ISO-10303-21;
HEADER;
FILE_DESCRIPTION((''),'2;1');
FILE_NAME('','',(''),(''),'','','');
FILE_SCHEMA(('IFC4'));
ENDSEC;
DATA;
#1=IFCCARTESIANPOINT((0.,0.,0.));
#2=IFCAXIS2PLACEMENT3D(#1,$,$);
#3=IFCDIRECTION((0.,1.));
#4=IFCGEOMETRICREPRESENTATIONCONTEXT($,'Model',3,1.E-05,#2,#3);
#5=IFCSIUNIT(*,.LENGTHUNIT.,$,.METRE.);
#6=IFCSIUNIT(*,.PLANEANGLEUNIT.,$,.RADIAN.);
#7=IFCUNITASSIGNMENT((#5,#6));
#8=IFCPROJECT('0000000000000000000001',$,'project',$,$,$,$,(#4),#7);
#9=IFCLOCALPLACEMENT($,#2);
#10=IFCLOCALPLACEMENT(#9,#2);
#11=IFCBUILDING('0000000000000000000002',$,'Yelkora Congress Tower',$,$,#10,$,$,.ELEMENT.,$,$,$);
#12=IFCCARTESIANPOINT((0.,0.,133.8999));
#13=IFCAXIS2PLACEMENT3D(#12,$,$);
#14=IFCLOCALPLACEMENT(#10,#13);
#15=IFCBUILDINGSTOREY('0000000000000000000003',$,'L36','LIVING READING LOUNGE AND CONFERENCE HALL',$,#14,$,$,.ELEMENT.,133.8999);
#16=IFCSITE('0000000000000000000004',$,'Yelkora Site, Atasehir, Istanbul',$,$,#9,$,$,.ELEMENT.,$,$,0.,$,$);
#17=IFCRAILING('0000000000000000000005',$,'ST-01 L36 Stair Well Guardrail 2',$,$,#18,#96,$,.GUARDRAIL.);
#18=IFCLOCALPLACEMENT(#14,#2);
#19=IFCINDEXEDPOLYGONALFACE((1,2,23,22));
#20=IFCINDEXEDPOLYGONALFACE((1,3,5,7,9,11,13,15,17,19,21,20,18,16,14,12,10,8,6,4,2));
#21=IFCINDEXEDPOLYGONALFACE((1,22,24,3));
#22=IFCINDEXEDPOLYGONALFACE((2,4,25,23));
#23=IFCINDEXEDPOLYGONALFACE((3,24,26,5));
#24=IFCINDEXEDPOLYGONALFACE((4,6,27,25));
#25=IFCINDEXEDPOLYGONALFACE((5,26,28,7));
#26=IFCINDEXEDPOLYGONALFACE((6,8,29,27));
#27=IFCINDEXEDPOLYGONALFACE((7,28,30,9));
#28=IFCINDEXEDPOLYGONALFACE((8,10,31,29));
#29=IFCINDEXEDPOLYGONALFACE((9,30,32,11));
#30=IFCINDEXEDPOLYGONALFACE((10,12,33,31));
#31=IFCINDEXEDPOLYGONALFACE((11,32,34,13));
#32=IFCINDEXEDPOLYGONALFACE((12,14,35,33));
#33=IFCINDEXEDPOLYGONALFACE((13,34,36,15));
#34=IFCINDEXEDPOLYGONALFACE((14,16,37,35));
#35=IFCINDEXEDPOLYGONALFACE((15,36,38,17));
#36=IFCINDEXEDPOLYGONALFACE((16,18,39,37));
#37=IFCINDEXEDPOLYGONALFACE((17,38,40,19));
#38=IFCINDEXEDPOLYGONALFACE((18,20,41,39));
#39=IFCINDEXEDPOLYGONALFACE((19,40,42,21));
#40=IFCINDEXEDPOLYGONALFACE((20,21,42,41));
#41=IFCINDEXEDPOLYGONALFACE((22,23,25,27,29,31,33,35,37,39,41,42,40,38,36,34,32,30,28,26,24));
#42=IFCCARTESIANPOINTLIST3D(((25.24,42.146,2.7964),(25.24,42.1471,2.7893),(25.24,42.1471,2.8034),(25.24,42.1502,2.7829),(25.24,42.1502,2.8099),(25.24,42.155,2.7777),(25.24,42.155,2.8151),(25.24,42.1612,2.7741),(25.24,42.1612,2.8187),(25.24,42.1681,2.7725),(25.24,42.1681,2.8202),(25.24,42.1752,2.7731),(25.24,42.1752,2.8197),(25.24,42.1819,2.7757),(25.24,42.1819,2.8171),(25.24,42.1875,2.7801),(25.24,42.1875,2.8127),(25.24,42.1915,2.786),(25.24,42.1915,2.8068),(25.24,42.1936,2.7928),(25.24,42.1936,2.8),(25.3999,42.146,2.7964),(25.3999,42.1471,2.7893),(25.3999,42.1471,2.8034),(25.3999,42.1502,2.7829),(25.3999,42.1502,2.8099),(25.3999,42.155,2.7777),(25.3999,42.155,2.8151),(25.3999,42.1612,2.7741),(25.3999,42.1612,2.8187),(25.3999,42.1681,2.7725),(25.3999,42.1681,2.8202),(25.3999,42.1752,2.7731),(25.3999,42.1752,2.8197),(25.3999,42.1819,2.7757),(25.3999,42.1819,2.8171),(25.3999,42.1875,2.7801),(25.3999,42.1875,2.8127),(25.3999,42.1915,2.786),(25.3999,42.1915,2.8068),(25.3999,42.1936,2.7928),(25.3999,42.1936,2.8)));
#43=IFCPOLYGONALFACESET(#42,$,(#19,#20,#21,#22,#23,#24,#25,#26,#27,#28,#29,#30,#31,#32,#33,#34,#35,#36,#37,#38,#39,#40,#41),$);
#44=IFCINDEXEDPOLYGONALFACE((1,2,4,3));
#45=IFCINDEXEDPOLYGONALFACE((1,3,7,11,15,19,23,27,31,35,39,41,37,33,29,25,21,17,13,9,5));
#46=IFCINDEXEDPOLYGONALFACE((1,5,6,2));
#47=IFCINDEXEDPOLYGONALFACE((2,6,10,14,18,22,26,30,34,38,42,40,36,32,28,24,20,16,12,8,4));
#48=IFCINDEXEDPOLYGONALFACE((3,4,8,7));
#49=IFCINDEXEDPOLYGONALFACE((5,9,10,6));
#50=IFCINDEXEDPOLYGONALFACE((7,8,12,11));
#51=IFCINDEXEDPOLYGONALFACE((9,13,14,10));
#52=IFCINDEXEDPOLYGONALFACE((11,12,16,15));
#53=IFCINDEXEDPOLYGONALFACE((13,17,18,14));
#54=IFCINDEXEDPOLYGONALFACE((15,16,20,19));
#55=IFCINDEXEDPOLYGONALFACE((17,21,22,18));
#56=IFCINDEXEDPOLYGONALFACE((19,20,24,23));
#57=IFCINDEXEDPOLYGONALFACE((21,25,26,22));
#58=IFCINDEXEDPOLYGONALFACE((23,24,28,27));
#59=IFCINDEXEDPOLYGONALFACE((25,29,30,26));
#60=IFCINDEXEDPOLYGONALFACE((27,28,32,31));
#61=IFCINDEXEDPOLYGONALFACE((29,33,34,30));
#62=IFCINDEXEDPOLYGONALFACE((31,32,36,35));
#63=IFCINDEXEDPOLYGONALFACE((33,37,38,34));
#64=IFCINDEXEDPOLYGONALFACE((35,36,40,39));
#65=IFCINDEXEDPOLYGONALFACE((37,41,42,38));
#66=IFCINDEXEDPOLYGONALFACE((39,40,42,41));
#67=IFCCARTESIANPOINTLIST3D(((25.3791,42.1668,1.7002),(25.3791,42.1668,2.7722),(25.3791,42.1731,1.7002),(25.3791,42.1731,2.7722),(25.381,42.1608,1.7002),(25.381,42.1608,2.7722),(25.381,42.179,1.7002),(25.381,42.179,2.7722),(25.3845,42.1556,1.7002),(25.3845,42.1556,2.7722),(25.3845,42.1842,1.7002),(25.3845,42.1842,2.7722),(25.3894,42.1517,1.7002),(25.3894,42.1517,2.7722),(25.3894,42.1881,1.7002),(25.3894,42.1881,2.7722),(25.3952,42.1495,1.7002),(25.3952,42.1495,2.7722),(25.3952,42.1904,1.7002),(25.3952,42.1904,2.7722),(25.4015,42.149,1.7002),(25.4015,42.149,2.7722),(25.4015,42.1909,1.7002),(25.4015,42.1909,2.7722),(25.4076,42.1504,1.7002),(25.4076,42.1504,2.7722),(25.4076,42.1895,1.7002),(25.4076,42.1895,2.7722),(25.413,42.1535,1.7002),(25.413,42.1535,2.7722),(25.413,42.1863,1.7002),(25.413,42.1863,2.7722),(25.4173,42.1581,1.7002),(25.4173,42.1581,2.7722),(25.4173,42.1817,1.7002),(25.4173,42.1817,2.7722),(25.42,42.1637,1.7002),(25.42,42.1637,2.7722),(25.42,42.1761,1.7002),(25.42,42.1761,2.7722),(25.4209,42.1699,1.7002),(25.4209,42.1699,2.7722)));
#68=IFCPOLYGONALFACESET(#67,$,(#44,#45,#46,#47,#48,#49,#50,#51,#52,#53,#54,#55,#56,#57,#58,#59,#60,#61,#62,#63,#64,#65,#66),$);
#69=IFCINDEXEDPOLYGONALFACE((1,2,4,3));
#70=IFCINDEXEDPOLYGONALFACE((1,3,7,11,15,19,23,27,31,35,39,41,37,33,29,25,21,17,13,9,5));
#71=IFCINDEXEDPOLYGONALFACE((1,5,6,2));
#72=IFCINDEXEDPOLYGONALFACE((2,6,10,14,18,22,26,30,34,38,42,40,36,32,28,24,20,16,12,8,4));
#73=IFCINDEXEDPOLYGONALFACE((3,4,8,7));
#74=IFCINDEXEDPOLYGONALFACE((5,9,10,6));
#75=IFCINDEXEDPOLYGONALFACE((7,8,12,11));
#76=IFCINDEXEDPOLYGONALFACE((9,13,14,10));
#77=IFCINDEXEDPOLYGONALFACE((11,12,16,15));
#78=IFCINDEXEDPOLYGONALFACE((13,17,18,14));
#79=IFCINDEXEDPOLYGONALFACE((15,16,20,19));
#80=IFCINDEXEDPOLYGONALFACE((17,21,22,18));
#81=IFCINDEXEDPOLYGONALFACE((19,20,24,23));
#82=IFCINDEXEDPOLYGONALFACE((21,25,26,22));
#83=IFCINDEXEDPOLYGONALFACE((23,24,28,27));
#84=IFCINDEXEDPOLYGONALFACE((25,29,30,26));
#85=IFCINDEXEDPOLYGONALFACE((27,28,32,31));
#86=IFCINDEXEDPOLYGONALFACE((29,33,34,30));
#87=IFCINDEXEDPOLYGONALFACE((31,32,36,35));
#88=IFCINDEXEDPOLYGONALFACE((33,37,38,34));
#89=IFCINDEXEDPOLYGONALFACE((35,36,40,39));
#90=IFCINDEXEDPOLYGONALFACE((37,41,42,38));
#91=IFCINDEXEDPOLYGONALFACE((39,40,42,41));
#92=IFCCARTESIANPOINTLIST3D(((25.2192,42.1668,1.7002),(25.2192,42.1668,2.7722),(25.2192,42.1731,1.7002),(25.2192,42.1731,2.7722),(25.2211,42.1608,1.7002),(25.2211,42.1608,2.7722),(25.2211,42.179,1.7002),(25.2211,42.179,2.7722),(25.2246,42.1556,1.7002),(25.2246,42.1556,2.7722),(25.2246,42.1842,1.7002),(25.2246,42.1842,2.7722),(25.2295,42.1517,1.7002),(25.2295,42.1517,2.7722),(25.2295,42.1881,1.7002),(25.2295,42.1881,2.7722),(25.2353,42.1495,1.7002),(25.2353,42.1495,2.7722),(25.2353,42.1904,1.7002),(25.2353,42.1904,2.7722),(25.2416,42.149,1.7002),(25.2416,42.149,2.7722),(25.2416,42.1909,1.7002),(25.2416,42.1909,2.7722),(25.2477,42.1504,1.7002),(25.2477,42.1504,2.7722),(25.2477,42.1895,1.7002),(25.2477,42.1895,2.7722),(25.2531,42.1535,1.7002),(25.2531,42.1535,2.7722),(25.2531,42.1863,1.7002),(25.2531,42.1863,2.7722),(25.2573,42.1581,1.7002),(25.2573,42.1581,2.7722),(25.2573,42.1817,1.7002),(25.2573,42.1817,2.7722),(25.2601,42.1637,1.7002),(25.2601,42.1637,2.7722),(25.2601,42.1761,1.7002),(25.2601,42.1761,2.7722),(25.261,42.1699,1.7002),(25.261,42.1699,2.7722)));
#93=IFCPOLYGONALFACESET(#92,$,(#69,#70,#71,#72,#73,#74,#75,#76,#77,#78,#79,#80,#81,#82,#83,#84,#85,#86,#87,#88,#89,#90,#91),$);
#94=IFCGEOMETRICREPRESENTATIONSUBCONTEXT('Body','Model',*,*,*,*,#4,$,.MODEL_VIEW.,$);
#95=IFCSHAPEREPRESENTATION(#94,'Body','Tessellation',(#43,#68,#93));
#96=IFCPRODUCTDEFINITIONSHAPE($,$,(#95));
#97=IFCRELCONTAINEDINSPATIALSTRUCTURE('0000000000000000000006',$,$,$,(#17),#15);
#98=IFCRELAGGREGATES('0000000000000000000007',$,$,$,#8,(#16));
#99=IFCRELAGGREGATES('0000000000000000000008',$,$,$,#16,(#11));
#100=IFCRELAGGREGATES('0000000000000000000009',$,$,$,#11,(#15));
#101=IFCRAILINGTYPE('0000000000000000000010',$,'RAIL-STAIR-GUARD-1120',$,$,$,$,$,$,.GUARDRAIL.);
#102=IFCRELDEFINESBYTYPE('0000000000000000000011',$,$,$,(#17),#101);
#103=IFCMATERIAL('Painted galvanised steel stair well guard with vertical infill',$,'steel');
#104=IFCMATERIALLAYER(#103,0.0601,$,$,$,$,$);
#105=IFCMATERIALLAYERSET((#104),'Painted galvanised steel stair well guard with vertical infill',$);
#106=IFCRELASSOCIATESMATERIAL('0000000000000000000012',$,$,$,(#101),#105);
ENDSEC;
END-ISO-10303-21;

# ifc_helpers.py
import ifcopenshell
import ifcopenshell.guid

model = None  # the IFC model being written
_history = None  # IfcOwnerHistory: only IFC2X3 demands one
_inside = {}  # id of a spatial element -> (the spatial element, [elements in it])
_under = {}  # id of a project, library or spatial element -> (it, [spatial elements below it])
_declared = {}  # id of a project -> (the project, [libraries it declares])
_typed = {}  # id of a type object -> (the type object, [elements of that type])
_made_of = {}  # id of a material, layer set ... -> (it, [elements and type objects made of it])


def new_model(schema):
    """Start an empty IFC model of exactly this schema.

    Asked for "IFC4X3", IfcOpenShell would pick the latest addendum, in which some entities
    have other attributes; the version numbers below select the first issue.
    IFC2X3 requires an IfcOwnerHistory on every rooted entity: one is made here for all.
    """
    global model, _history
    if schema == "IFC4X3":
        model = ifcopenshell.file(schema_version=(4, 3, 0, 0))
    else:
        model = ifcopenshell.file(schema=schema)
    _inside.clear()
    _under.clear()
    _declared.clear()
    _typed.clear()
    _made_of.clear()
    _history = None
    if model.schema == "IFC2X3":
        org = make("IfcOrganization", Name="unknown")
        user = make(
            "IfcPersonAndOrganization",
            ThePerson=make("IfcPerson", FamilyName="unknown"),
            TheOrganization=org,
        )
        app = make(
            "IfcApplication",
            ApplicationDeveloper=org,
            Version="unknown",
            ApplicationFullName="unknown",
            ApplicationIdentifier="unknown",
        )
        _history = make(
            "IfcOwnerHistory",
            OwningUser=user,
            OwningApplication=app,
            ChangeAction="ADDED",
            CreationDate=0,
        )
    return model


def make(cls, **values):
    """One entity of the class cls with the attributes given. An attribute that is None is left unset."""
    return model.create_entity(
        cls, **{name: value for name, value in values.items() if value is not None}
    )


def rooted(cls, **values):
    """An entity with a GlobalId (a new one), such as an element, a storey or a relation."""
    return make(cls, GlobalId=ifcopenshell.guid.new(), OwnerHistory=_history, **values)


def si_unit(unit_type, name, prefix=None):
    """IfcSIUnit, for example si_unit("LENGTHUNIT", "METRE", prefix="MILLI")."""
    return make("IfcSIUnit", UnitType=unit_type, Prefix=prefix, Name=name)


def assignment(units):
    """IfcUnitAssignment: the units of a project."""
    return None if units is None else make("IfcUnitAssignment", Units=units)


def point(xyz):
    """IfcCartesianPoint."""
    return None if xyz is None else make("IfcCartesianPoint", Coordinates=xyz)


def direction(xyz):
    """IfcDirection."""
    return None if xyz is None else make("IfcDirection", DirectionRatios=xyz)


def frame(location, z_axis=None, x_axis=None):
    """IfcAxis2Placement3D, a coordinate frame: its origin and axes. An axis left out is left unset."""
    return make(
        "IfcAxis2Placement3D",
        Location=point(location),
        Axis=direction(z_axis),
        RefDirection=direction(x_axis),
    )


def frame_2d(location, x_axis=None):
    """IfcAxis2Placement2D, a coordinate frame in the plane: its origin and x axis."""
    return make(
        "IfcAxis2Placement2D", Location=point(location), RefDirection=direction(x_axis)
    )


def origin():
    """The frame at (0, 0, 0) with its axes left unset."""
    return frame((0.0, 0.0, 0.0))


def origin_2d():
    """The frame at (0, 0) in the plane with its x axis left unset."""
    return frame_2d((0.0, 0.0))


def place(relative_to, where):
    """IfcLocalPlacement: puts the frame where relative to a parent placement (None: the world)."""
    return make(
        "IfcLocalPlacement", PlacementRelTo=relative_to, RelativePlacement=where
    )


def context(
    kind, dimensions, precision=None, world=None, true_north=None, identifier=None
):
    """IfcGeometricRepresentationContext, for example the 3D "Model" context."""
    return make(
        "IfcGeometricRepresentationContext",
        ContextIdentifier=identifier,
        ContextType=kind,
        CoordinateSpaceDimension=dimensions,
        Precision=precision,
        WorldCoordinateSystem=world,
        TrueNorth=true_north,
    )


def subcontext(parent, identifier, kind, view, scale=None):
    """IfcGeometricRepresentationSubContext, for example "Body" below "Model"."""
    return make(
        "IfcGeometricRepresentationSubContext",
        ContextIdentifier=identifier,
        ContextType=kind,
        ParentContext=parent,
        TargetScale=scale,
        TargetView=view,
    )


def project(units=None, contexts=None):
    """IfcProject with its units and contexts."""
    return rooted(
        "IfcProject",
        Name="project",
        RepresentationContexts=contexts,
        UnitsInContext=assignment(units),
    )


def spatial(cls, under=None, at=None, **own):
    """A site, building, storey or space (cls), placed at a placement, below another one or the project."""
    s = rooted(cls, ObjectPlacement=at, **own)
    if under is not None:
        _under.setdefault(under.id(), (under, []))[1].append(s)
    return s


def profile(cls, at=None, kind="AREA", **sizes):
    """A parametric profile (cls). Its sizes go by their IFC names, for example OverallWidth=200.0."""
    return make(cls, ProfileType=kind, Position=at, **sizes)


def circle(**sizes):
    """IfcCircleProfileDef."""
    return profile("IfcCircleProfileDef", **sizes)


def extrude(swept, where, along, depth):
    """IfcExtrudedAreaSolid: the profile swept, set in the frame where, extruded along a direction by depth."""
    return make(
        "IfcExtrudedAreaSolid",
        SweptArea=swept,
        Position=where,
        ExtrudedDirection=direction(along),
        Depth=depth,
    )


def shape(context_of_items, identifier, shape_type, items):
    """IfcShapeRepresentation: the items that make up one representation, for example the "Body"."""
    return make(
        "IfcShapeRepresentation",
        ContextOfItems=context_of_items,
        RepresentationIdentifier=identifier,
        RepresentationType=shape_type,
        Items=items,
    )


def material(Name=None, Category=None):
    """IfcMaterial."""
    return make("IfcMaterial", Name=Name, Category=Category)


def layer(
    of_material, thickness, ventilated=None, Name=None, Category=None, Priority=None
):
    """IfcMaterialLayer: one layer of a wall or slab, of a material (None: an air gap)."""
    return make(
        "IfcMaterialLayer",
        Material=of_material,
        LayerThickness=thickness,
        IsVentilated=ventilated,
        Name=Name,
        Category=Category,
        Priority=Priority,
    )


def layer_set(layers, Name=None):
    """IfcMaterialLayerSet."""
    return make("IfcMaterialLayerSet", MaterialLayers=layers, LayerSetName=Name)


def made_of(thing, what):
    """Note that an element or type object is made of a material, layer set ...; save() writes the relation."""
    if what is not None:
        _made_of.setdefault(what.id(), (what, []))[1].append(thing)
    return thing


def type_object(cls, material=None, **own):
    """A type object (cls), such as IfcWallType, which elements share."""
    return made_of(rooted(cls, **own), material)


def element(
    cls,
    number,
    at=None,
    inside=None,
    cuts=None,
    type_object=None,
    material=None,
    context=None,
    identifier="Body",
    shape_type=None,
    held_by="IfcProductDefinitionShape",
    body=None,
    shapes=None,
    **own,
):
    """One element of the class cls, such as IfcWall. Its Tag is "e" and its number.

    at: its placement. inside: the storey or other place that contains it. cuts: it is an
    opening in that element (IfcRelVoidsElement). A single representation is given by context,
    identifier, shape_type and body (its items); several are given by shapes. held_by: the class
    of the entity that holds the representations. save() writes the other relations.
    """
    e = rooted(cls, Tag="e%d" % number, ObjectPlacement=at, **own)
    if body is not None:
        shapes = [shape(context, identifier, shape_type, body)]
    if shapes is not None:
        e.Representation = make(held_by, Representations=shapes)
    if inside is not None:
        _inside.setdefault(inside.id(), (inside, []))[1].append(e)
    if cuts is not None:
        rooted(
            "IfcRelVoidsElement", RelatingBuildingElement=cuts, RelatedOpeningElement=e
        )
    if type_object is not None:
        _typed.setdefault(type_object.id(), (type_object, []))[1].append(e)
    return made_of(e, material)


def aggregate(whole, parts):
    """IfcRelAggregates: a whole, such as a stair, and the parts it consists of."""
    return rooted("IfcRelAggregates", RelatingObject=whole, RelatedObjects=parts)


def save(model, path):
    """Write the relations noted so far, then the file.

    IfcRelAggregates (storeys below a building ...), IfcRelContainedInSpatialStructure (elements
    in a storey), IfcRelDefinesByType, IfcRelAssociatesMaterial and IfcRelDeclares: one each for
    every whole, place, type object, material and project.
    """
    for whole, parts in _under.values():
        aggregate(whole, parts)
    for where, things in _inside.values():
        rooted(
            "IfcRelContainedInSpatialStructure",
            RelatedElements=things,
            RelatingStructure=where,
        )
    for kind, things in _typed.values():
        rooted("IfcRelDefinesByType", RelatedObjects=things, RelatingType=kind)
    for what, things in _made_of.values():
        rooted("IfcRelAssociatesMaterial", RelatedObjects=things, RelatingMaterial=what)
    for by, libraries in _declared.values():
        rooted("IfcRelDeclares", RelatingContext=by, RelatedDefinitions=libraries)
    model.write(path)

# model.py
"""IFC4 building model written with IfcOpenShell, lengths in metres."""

from ifc_helpers import new_model, si_unit, direction, frame, origin, origin_2d, place, context, subcontext, project, spatial, circle, extrude, material, layer, layer_set, type_object, element, save


model = new_model("IFC4")

# Units and contexts
model_context = context("Model", 3, precision=1e-05, world=origin(), true_north=direction((0.0, 1.0)))
body_context = subcontext(model_context, "Body", "Model", "MODEL_VIEW")
ifc_project = project(units=[si_unit("LENGTHUNIT", "METRE"), si_unit("PLANEANGLEUNIT", "RADIAN")], contexts=[model_context])

# Site, building, storey
site_placement = place(None, origin())
site = spatial("IfcSite", under=ifc_project, at=site_placement, Name="Yelkora Site, Atasehir, Istanbul", CompositionType="ELEMENT", RefElevation=0.0)
building_placement = place(site_placement, origin())
building = spatial("IfcBuilding", under=site, at=building_placement, Name="Yelkora Congress Tower", CompositionType="ELEMENT")
storey_placement = place(building_placement, frame((0.0, 0.0, 133.8999)))
storey = spatial("IfcBuildingStorey", under=building, at=storey_placement, Name="L36", Description="LIVING READING LOUNGE AND CONFERENCE HALL", CompositionType="ELEMENT", Elevation=133.8999)

# Railing
ifc_material_1 = material(Name="Painted galvanised steel stair well guard with vertical infill", Category="steel")
ifc_layer_1 = layer(ifc_material_1, 0.0601)
ifc_layer_set_1 = layer_set([ifc_layer_1], Name="Painted galvanised steel stair well guard with vertical infill")
railing_type_1 = type_object("IfcRailingType", Name="RAIL-STAIR-GUARD-1120", PredefinedType="GUARDRAIL", material=ifc_layer_set_1)
railing_1_placement = place(storey_placement, frame((25.3999, 42.1699, 1.7002)))
element("IfcRailing", 1, at=railing_1_placement, inside=storey, type_object=railing_type_1, Name="ST-01 L36 Stair Well Guardrail 2", PredefinedType="GUARDRAIL", context=body_context, shape_type="SweptSolid", body=[
    extrude(circle(Radius=0.0239, at=origin_2d()), frame((0.0, 0.0, 1.0962), z_axis=(-1.0, 0.0, 0.0), x_axis=(0.0, -1.0, 0.0)), (0.0, 0.0, 1.0), 0.1599),
    extrude(circle(Radius=0.021, at=origin_2d()), origin(), (0.0, 0.0, 1.0), 1.072),
    extrude(circle(Radius=0.021, at=origin_2d()), frame((-0.1599, 0.0, 0.0)), (0.0, 0.0, 1.0), 1.072),
])

save(model, "model.ifc")
